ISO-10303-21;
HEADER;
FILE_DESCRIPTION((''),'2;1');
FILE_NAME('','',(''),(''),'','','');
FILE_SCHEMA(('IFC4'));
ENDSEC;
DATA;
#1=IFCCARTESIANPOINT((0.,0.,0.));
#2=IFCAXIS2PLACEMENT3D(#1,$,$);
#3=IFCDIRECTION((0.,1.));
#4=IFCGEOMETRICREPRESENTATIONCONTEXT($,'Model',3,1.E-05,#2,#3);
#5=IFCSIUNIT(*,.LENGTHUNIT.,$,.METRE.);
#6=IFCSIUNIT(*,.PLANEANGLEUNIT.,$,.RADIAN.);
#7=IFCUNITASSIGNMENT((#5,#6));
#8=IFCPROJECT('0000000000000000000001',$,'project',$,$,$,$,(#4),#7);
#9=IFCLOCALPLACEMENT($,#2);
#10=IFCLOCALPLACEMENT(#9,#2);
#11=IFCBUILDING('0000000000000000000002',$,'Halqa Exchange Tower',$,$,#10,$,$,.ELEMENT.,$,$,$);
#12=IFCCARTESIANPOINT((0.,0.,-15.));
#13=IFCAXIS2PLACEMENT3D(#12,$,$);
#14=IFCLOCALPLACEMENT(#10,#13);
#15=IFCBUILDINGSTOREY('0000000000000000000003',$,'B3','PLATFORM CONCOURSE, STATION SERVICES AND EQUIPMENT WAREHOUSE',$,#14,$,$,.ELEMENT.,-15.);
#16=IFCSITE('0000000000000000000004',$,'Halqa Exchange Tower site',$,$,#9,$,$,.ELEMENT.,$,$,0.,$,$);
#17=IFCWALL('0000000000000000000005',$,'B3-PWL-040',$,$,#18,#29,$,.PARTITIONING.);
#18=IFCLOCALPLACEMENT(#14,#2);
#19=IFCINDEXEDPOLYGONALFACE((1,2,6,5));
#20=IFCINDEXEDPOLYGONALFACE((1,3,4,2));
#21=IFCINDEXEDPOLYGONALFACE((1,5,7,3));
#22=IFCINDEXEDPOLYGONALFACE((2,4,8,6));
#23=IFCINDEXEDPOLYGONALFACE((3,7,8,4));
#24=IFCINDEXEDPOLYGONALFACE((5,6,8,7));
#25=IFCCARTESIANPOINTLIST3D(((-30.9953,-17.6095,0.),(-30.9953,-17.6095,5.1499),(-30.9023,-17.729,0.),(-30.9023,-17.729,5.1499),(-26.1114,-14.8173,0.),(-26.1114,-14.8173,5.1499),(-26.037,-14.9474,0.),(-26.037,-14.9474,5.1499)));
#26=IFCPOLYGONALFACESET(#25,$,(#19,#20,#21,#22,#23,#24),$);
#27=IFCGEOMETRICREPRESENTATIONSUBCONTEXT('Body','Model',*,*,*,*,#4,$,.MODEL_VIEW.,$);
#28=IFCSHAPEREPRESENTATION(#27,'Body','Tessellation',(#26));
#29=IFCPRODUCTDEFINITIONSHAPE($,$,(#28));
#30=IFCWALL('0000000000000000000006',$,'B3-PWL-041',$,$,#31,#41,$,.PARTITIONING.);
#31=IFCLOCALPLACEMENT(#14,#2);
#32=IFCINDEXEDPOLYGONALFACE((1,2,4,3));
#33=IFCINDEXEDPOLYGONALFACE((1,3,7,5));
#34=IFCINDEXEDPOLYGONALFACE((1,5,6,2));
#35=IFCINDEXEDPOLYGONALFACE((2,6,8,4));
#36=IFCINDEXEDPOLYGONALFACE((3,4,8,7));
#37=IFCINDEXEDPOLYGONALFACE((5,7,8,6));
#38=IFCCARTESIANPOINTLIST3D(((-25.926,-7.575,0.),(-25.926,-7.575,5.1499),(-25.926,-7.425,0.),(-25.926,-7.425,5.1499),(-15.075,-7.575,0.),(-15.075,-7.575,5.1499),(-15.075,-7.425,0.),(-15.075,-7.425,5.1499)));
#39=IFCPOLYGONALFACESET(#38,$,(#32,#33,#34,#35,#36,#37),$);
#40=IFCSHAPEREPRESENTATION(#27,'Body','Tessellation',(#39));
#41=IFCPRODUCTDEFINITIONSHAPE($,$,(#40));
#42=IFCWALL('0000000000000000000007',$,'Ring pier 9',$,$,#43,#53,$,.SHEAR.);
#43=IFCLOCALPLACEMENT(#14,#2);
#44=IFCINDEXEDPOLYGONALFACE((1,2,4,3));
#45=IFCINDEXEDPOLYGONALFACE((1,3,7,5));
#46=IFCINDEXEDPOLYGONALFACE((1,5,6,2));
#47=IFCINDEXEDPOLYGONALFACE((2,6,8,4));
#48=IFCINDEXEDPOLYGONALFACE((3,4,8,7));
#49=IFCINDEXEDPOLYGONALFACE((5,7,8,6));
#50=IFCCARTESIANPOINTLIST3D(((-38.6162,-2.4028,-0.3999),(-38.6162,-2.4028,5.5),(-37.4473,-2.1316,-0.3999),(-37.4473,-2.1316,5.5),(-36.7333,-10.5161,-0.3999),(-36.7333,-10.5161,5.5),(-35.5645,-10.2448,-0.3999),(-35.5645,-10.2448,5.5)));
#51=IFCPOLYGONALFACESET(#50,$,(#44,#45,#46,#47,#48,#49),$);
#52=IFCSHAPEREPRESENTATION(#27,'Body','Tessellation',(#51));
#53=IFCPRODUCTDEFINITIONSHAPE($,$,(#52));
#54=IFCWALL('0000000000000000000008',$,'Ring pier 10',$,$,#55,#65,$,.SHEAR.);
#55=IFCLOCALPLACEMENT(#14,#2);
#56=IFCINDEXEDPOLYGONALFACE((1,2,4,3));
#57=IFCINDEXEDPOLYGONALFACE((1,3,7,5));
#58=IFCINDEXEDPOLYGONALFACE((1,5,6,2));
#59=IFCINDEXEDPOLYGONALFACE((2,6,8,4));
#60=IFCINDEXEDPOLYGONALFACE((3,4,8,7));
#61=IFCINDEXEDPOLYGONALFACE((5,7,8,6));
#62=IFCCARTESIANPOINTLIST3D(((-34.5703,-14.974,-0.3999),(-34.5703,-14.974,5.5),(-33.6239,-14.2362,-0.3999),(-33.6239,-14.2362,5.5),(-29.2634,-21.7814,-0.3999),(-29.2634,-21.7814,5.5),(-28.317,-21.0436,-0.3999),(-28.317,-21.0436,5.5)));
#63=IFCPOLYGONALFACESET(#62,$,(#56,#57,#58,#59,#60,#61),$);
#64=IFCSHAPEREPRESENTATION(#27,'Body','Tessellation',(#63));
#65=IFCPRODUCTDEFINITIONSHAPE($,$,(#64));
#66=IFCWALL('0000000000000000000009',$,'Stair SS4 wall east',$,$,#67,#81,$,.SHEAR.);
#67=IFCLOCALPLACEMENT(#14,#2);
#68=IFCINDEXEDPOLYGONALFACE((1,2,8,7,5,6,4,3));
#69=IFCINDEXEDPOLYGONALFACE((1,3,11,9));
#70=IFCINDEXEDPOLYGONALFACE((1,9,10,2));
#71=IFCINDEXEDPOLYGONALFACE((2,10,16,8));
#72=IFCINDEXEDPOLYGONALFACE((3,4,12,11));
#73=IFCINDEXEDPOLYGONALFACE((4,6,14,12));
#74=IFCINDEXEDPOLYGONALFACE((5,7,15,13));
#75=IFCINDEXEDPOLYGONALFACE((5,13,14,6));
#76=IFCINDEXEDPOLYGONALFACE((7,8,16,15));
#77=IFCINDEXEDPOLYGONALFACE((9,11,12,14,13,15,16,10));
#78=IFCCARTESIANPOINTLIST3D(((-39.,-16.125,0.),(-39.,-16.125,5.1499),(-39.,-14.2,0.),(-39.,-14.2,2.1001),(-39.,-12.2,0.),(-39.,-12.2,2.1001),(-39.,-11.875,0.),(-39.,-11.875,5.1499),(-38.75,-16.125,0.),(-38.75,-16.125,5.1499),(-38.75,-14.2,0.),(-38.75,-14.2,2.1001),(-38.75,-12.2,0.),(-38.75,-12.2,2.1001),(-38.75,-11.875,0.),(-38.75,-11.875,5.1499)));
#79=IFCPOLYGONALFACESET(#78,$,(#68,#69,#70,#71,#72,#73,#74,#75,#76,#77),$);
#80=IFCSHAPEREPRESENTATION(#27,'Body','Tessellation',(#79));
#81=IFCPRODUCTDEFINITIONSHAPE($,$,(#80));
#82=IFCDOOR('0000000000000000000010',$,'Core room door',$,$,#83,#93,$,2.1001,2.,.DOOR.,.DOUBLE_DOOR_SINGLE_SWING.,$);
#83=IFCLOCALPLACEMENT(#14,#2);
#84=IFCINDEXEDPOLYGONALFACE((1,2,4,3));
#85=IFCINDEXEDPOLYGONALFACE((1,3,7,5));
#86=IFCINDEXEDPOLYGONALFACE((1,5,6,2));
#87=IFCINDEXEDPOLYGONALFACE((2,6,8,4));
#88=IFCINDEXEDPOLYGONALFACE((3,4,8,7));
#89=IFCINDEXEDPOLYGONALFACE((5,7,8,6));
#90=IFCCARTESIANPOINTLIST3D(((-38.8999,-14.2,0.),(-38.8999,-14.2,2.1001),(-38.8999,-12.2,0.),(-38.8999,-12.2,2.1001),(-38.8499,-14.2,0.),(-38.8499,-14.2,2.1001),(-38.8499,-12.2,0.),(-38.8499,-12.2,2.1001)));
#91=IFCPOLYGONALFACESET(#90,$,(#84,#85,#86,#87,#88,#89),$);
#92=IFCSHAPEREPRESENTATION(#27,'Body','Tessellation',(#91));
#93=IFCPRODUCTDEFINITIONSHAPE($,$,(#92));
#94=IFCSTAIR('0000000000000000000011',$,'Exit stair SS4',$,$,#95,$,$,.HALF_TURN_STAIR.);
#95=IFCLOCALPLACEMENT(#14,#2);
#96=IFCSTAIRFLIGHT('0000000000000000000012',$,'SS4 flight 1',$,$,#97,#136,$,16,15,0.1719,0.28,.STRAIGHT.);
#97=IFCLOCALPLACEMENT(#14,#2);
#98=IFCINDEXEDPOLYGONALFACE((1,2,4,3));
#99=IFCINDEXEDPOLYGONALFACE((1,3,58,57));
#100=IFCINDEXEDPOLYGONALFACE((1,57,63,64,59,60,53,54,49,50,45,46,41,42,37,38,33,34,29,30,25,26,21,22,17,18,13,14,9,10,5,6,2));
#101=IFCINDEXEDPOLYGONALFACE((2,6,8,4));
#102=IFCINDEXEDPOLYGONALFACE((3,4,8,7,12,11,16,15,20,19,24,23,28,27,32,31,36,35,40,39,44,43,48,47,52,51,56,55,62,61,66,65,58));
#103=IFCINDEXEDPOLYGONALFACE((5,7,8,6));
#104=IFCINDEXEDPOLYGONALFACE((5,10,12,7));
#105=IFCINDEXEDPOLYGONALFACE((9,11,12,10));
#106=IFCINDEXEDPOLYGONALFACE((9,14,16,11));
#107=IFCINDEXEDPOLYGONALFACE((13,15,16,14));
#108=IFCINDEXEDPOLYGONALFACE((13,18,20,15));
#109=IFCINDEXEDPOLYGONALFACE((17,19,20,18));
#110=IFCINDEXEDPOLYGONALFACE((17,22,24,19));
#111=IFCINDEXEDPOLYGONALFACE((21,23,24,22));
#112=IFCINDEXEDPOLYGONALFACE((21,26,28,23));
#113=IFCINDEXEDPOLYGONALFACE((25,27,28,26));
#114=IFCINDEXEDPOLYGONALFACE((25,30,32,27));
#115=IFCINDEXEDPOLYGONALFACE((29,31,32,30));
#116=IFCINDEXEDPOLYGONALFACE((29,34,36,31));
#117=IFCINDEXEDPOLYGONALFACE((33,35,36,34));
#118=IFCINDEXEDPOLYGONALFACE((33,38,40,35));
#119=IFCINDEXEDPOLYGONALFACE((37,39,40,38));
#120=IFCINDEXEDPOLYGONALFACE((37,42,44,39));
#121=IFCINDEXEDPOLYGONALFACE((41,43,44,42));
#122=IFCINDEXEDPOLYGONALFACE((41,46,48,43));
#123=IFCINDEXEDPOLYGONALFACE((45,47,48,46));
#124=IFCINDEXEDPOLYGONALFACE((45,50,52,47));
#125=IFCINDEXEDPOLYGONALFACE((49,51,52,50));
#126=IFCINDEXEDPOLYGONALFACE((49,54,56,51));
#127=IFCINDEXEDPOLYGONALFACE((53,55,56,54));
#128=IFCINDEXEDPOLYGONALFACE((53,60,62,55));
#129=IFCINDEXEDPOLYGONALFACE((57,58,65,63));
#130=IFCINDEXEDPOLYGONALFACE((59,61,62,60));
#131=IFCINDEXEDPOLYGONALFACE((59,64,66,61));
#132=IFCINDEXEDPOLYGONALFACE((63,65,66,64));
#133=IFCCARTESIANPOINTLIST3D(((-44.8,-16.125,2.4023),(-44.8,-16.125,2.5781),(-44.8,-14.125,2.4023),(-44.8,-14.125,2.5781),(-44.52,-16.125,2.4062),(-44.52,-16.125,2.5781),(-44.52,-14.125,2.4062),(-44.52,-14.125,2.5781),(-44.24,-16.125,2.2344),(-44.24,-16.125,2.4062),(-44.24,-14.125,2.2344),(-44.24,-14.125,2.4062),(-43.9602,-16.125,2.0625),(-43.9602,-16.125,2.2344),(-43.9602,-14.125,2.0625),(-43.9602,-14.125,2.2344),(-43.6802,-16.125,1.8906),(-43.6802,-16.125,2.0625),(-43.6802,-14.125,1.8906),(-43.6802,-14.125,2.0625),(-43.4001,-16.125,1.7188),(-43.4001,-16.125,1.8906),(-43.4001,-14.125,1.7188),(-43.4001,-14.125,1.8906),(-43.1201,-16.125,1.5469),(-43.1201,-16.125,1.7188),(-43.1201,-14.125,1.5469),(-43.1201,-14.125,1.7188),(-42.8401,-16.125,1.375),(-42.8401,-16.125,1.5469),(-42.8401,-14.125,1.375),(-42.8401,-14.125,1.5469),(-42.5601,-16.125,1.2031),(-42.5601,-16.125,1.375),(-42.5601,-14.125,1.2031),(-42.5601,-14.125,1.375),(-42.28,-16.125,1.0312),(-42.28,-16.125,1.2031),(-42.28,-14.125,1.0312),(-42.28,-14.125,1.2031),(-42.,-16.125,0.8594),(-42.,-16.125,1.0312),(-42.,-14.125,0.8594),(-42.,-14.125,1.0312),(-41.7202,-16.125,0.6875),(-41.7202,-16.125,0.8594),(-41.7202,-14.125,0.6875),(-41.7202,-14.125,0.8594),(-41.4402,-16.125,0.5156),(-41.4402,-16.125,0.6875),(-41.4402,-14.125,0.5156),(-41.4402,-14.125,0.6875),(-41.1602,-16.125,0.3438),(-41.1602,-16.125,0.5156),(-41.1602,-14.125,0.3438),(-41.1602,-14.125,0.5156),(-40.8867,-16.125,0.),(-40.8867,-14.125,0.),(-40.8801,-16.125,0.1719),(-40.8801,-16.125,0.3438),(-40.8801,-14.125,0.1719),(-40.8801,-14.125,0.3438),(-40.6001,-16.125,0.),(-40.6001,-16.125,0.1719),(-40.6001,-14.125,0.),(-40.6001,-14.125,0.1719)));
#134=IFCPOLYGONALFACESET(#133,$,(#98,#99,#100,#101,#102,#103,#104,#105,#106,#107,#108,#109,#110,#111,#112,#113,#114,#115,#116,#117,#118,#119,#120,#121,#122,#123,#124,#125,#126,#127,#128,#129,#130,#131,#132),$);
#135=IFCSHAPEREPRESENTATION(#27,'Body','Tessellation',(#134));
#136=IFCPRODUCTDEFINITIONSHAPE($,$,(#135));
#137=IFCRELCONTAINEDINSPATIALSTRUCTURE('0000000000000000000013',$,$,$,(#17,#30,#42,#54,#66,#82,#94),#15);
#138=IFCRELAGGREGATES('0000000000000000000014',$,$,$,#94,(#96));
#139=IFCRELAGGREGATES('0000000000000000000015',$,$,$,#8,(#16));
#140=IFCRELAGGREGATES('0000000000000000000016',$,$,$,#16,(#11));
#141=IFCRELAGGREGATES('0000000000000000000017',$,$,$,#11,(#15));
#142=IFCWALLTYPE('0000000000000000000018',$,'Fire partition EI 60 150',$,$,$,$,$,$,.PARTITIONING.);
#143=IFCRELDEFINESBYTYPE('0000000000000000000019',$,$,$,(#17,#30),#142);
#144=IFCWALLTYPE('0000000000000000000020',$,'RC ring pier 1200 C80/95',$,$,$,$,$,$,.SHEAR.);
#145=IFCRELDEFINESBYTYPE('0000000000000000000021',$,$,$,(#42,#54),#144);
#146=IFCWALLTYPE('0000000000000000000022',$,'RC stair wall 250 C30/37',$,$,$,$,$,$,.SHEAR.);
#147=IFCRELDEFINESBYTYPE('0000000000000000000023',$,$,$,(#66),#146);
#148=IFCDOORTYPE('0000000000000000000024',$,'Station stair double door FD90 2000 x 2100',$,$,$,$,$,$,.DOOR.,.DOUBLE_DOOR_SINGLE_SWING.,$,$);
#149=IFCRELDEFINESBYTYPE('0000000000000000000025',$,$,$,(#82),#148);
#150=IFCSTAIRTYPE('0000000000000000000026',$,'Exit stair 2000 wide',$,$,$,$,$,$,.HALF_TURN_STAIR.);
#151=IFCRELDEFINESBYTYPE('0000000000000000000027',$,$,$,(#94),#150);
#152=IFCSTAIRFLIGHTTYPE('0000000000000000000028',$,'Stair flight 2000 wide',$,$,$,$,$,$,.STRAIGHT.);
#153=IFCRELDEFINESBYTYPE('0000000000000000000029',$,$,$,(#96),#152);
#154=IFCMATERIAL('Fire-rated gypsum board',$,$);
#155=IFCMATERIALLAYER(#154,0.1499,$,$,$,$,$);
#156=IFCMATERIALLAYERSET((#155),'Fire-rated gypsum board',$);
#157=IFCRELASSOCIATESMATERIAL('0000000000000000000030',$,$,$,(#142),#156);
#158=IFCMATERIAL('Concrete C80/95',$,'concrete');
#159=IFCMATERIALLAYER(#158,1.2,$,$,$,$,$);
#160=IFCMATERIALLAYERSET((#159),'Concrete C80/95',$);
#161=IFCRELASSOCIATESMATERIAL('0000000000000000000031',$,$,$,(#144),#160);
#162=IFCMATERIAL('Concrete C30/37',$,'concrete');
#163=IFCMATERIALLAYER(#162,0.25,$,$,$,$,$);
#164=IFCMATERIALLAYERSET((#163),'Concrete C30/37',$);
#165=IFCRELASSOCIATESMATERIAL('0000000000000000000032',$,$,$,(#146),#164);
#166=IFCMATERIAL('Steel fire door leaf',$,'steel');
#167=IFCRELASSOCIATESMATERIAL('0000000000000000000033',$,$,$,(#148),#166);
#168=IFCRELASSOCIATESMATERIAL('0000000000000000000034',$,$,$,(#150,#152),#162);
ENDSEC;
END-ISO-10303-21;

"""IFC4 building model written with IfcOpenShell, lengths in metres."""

from ifc_helpers import new_model, si_unit, direction, frame, frame_2d, origin, place, context, subcontext, project, spatial, polyline, rectangle, outline, extrude, material, layer, layer_set, type_object, element, fill, aggregate, save


model = new_model("IFC4")

# Units and contexts
model_context = context("Model", 3, precision=1e-05, world=origin(), true_north=direction((0.0, 1.0)))
body_context = subcontext(model_context, "Body", "Model", "MODEL_VIEW")
ifc_project = project(units=[si_unit("LENGTHUNIT", "METRE"), si_unit("PLANEANGLEUNIT", "RADIAN")], contexts=[model_context])

# Site, building, storey
site_placement = place(None, origin())
site = spatial("IfcSite", under=ifc_project, at=site_placement, Name="Halqa Exchange Tower site", CompositionType="ELEMENT", RefElevation=0.0)
building_placement = place(site_placement, origin())
building = spatial("IfcBuilding", under=site, at=building_placement, Name="Halqa Exchange Tower", CompositionType="ELEMENT")
storey_placement = place(building_placement, frame((0.0, 0.0, -15.0)))
storey = spatial("IfcBuildingStorey", under=building, at=storey_placement, Name="B3", Description="PLATFORM CONCOURSE, STATION SERVICES AND EQUIPMENT WAREHOUSE", CompositionType="ELEMENT", Elevation=-15.0)

# Shared definitions
ifc_material_1 = material(Name="Fire-rated gypsum board")
ifc_layer_1 = layer(ifc_material_1, 0.1499)
ifc_layer_set_1 = layer_set([ifc_layer_1], Name="Fire-rated gypsum board")
wall_type_1 = type_object("IfcWallType", Name="Fire partition EI 60 150", PredefinedType="PARTITIONING", material=ifc_layer_set_1)

# Shared definitions
ifc_material_2 = material(Name="Steel fire door leaf", Category="steel")

# Walls
wall_1_placement = place(storey_placement, frame((-26.0742, -14.8823, 0.0), z_axis=(0.0, 0.0, 1.0), x_axis=(-0.868133, -0.496331, 0.0)))
element("IfcWall", 1, at=wall_1_placement, inside=storey, type_object=wall_type_1, Name="B3-PWL-040", PredefinedType="PARTITIONING", context=body_context, shape_type="SweptSolid", body=[
    extrude(outline(polyline([(0.0, -0.075), (5.6257, -0.075), (5.6042, 0.075), (0.0, 0.075), (0.0, -0.075)])), origin(), (0.0, 0.0, 1.0), 5.1499),
])
wall_2_placement = place(storey_placement, frame((-25.926, -7.5, 0.0), z_axis=(0.0, 0.0, 1.0), x_axis=(1.0, 0.0, 0.0)))
element("IfcWall", 2, at=wall_2_placement, inside=storey, type_object=wall_type_1, Name="B3-PWL-041", PredefinedType="PARTITIONING", context=body_context, shape_type="SweptSolid", body=[
    extrude(rectangle(XDim=10.8511, YDim=0.1499, at=frame_2d((5.4255, 0.0))), origin(), (0.0, 0.0, 1.0), 5.1499),
])
ifc_material_3 = material(Name="Concrete C80/95", Category="concrete")
ifc_layer_2 = layer(ifc_material_3, 1.2)
ifc_layer_set_2 = layer_set([ifc_layer_2], Name="Concrete C80/95")
wall_type_2 = type_object("IfcWallType", Name="RC ring pier 1200 C80/95", PredefinedType="SHEAR", material=ifc_layer_set_2)
wall_3_placement = place(storey_placement, frame((-38.0317, -2.2671, -0.3999), z_axis=(0.0, 0.0, 1.0), x_axis=(0.226058, -0.974114, 0.0)))
element("IfcWall", 3, at=wall_3_placement, inside=storey, type_object=wall_type_2, Name="Ring pier 9", PredefinedType="SHEAR", context=body_context, shape_type="SweptSolid", body=[
    extrude(rectangle(XDim=8.3289, YDim=1.2, at=frame_2d((4.1646, 0.0))), origin(), (0.0, 0.0, 1.0), 5.8999),
])
wall_4_placement = place(storey_placement, frame((-34.0972, -14.605, -0.3999), z_axis=(0.0, 0.0, 1.0), x_axis=(0.614825, -0.788663, 0.0)))
element("IfcWall", 4, at=wall_4_placement, inside=storey, type_object=wall_type_2, Name="Ring pier 10", PredefinedType="SHEAR", context=body_context, shape_type="SweptSolid", body=[
    extrude(rectangle(XDim=8.6316, YDim=1.2, at=frame_2d((4.3159, 0.0))), origin(), (0.0, 0.0, 1.0), 5.8999),
])

# Wall, opening, door
ifc_material_4 = material(Name="Concrete C30/37", Category="concrete")
ifc_layer_3 = layer(ifc_material_4, 0.25)
ifc_layer_set_3 = layer_set([ifc_layer_3], Name="Concrete C30/37")
wall_type_3 = type_object("IfcWallType", Name="RC stair wall 250 C30/37", PredefinedType="SHEAR", material=ifc_layer_set_3)
wall_5_placement = place(storey_placement, frame((-38.875, -16.125, 0.0), z_axis=(0.0, 0.0, 1.0), x_axis=(0.0, 1.0, 0.0)))
wall_5 = element("IfcWall", 5, at=wall_5_placement, inside=storey, type_object=wall_type_3, Name="Stair SS4 wall east", PredefinedType="SHEAR", context=body_context, shape_type="SweptSolid", body=[
    extrude(rectangle(XDim=4.25, YDim=0.25, at=frame_2d((2.125, 0.0))), origin(), (0.0, 0.0, 1.0), 5.1499),
])
opening_1_placement = place(wall_5_placement, frame((1.925, 0.0, 0.0)))
opening_1 = element("IfcOpeningElement", 6, at=opening_1_placement, cuts=wall_5, PredefinedType="OPENING", context=body_context, shape_type="SweptSolid", body=[
    extrude(rectangle(XDim=2.0, YDim=2.1001, at=frame_2d((1.0, 1.05))), frame((0.0, 0.137, 0.0), z_axis=(0.0, -1.0, 0.0), x_axis=(1.0, 0.0, 0.0)), (0.0, 0.0, 1.0), 0.2739),
])
door_type_1 = type_object("IfcDoorType", Name="Station stair double door FD90 2000 x 2100", OperationType="DOUBLE_DOOR_SINGLE_SWING", PredefinedType="DOOR", material=ifc_material_2)
door_1_placement = place(opening_1_placement, origin())
door_1 = element("IfcDoor", 7, at=door_1_placement, inside=storey, type_object=door_type_1, Name="Core room door", OperationType="DOUBLE_DOOR_SINGLE_SWING", OverallHeight=2.1001, OverallWidth=2.0, PredefinedType="DOOR", context=body_context, shape_type="SweptSolid", body=[
    extrude(rectangle(XDim=2.0, YDim=2.1001, at=frame_2d((1.0, 1.05))), frame((0.0, 0.0249, 0.0), z_axis=(0.0, -1.0, 0.0), x_axis=(1.0, 0.0, 0.0)), (0.0, 0.0, 1.0), 0.05),
])
fill(opening_1, door_1)

# Stair, stair flight
stair_type = type_object("IfcStairType", Name="Exit stair 2000 wide", PredefinedType="HALF_TURN_STAIR", material=ifc_material_4)
stair_placement = place(storey_placement, origin())
stair = element("IfcStair", 8, at=stair_placement, inside=storey, type_object=stair_type, Name="Exit stair SS4", PredefinedType="HALF_TURN_STAIR")
stair_flight_type = type_object("IfcStairFlightType", Name="Stair flight 2000 wide", PredefinedType="STRAIGHT", material=ifc_material_4)
stair_flight_placement = place(storey_placement, frame((-40.6001, -15.125, 0.0), z_axis=(0.0, 0.0, 1.0), x_axis=(-1.0, 0.0, 0.0)))
stair_flight = element("IfcStairFlight", 9, at=stair_flight_placement, type_object=stair_flight_type, Name="SS4 flight 1", NumberOfRisers=16, NumberOfTreads=15, PredefinedType="STRAIGHT", RiserHeight=0.1719, TreadLength=0.28, context=body_context, shape_type="SweptSolid", body=[
    extrude(outline(polyline([(0.0, 0.0), (0.0, 0.1719), (0.28, 0.1719), (0.28, 0.3438), (0.5601, 0.3438), (0.5601, 0.5156), (0.8401, 0.5156), (0.8401, 0.6875), (1.1201, 0.6875), (1.1201, 0.8594), (1.3999, 0.8594), (1.3999, 1.0312), (1.6799, 1.0312), (1.6799, 1.2031), (1.96, 1.2031), (1.96, 1.375), (2.24, 1.375), (2.24, 1.5469), (2.52, 1.5469), (2.52, 1.7188), (2.8, 1.7188), (2.8, 1.8906), (3.0801, 1.8906), (3.0801, 2.0625), (3.3601, 2.0625), (3.3601, 2.2344), (3.6399, 2.2344), (3.6399, 2.4062), (3.9199, 2.4062), (3.9199, 2.5781), (4.2, 2.5781), (4.2, 2.75), (4.2, 2.4023), (0.2866, 0.0), (0.0, 0.0)])), frame((0.0, 1.0, 0.0), z_axis=(0.0, -1.0, 0.0), x_axis=(1.0, 0.0, 0.0)), (0.0, 0.0, 1.0), 2.0),
])
aggregate(stair, [stair_flight])

save(model, "model.ifc")
